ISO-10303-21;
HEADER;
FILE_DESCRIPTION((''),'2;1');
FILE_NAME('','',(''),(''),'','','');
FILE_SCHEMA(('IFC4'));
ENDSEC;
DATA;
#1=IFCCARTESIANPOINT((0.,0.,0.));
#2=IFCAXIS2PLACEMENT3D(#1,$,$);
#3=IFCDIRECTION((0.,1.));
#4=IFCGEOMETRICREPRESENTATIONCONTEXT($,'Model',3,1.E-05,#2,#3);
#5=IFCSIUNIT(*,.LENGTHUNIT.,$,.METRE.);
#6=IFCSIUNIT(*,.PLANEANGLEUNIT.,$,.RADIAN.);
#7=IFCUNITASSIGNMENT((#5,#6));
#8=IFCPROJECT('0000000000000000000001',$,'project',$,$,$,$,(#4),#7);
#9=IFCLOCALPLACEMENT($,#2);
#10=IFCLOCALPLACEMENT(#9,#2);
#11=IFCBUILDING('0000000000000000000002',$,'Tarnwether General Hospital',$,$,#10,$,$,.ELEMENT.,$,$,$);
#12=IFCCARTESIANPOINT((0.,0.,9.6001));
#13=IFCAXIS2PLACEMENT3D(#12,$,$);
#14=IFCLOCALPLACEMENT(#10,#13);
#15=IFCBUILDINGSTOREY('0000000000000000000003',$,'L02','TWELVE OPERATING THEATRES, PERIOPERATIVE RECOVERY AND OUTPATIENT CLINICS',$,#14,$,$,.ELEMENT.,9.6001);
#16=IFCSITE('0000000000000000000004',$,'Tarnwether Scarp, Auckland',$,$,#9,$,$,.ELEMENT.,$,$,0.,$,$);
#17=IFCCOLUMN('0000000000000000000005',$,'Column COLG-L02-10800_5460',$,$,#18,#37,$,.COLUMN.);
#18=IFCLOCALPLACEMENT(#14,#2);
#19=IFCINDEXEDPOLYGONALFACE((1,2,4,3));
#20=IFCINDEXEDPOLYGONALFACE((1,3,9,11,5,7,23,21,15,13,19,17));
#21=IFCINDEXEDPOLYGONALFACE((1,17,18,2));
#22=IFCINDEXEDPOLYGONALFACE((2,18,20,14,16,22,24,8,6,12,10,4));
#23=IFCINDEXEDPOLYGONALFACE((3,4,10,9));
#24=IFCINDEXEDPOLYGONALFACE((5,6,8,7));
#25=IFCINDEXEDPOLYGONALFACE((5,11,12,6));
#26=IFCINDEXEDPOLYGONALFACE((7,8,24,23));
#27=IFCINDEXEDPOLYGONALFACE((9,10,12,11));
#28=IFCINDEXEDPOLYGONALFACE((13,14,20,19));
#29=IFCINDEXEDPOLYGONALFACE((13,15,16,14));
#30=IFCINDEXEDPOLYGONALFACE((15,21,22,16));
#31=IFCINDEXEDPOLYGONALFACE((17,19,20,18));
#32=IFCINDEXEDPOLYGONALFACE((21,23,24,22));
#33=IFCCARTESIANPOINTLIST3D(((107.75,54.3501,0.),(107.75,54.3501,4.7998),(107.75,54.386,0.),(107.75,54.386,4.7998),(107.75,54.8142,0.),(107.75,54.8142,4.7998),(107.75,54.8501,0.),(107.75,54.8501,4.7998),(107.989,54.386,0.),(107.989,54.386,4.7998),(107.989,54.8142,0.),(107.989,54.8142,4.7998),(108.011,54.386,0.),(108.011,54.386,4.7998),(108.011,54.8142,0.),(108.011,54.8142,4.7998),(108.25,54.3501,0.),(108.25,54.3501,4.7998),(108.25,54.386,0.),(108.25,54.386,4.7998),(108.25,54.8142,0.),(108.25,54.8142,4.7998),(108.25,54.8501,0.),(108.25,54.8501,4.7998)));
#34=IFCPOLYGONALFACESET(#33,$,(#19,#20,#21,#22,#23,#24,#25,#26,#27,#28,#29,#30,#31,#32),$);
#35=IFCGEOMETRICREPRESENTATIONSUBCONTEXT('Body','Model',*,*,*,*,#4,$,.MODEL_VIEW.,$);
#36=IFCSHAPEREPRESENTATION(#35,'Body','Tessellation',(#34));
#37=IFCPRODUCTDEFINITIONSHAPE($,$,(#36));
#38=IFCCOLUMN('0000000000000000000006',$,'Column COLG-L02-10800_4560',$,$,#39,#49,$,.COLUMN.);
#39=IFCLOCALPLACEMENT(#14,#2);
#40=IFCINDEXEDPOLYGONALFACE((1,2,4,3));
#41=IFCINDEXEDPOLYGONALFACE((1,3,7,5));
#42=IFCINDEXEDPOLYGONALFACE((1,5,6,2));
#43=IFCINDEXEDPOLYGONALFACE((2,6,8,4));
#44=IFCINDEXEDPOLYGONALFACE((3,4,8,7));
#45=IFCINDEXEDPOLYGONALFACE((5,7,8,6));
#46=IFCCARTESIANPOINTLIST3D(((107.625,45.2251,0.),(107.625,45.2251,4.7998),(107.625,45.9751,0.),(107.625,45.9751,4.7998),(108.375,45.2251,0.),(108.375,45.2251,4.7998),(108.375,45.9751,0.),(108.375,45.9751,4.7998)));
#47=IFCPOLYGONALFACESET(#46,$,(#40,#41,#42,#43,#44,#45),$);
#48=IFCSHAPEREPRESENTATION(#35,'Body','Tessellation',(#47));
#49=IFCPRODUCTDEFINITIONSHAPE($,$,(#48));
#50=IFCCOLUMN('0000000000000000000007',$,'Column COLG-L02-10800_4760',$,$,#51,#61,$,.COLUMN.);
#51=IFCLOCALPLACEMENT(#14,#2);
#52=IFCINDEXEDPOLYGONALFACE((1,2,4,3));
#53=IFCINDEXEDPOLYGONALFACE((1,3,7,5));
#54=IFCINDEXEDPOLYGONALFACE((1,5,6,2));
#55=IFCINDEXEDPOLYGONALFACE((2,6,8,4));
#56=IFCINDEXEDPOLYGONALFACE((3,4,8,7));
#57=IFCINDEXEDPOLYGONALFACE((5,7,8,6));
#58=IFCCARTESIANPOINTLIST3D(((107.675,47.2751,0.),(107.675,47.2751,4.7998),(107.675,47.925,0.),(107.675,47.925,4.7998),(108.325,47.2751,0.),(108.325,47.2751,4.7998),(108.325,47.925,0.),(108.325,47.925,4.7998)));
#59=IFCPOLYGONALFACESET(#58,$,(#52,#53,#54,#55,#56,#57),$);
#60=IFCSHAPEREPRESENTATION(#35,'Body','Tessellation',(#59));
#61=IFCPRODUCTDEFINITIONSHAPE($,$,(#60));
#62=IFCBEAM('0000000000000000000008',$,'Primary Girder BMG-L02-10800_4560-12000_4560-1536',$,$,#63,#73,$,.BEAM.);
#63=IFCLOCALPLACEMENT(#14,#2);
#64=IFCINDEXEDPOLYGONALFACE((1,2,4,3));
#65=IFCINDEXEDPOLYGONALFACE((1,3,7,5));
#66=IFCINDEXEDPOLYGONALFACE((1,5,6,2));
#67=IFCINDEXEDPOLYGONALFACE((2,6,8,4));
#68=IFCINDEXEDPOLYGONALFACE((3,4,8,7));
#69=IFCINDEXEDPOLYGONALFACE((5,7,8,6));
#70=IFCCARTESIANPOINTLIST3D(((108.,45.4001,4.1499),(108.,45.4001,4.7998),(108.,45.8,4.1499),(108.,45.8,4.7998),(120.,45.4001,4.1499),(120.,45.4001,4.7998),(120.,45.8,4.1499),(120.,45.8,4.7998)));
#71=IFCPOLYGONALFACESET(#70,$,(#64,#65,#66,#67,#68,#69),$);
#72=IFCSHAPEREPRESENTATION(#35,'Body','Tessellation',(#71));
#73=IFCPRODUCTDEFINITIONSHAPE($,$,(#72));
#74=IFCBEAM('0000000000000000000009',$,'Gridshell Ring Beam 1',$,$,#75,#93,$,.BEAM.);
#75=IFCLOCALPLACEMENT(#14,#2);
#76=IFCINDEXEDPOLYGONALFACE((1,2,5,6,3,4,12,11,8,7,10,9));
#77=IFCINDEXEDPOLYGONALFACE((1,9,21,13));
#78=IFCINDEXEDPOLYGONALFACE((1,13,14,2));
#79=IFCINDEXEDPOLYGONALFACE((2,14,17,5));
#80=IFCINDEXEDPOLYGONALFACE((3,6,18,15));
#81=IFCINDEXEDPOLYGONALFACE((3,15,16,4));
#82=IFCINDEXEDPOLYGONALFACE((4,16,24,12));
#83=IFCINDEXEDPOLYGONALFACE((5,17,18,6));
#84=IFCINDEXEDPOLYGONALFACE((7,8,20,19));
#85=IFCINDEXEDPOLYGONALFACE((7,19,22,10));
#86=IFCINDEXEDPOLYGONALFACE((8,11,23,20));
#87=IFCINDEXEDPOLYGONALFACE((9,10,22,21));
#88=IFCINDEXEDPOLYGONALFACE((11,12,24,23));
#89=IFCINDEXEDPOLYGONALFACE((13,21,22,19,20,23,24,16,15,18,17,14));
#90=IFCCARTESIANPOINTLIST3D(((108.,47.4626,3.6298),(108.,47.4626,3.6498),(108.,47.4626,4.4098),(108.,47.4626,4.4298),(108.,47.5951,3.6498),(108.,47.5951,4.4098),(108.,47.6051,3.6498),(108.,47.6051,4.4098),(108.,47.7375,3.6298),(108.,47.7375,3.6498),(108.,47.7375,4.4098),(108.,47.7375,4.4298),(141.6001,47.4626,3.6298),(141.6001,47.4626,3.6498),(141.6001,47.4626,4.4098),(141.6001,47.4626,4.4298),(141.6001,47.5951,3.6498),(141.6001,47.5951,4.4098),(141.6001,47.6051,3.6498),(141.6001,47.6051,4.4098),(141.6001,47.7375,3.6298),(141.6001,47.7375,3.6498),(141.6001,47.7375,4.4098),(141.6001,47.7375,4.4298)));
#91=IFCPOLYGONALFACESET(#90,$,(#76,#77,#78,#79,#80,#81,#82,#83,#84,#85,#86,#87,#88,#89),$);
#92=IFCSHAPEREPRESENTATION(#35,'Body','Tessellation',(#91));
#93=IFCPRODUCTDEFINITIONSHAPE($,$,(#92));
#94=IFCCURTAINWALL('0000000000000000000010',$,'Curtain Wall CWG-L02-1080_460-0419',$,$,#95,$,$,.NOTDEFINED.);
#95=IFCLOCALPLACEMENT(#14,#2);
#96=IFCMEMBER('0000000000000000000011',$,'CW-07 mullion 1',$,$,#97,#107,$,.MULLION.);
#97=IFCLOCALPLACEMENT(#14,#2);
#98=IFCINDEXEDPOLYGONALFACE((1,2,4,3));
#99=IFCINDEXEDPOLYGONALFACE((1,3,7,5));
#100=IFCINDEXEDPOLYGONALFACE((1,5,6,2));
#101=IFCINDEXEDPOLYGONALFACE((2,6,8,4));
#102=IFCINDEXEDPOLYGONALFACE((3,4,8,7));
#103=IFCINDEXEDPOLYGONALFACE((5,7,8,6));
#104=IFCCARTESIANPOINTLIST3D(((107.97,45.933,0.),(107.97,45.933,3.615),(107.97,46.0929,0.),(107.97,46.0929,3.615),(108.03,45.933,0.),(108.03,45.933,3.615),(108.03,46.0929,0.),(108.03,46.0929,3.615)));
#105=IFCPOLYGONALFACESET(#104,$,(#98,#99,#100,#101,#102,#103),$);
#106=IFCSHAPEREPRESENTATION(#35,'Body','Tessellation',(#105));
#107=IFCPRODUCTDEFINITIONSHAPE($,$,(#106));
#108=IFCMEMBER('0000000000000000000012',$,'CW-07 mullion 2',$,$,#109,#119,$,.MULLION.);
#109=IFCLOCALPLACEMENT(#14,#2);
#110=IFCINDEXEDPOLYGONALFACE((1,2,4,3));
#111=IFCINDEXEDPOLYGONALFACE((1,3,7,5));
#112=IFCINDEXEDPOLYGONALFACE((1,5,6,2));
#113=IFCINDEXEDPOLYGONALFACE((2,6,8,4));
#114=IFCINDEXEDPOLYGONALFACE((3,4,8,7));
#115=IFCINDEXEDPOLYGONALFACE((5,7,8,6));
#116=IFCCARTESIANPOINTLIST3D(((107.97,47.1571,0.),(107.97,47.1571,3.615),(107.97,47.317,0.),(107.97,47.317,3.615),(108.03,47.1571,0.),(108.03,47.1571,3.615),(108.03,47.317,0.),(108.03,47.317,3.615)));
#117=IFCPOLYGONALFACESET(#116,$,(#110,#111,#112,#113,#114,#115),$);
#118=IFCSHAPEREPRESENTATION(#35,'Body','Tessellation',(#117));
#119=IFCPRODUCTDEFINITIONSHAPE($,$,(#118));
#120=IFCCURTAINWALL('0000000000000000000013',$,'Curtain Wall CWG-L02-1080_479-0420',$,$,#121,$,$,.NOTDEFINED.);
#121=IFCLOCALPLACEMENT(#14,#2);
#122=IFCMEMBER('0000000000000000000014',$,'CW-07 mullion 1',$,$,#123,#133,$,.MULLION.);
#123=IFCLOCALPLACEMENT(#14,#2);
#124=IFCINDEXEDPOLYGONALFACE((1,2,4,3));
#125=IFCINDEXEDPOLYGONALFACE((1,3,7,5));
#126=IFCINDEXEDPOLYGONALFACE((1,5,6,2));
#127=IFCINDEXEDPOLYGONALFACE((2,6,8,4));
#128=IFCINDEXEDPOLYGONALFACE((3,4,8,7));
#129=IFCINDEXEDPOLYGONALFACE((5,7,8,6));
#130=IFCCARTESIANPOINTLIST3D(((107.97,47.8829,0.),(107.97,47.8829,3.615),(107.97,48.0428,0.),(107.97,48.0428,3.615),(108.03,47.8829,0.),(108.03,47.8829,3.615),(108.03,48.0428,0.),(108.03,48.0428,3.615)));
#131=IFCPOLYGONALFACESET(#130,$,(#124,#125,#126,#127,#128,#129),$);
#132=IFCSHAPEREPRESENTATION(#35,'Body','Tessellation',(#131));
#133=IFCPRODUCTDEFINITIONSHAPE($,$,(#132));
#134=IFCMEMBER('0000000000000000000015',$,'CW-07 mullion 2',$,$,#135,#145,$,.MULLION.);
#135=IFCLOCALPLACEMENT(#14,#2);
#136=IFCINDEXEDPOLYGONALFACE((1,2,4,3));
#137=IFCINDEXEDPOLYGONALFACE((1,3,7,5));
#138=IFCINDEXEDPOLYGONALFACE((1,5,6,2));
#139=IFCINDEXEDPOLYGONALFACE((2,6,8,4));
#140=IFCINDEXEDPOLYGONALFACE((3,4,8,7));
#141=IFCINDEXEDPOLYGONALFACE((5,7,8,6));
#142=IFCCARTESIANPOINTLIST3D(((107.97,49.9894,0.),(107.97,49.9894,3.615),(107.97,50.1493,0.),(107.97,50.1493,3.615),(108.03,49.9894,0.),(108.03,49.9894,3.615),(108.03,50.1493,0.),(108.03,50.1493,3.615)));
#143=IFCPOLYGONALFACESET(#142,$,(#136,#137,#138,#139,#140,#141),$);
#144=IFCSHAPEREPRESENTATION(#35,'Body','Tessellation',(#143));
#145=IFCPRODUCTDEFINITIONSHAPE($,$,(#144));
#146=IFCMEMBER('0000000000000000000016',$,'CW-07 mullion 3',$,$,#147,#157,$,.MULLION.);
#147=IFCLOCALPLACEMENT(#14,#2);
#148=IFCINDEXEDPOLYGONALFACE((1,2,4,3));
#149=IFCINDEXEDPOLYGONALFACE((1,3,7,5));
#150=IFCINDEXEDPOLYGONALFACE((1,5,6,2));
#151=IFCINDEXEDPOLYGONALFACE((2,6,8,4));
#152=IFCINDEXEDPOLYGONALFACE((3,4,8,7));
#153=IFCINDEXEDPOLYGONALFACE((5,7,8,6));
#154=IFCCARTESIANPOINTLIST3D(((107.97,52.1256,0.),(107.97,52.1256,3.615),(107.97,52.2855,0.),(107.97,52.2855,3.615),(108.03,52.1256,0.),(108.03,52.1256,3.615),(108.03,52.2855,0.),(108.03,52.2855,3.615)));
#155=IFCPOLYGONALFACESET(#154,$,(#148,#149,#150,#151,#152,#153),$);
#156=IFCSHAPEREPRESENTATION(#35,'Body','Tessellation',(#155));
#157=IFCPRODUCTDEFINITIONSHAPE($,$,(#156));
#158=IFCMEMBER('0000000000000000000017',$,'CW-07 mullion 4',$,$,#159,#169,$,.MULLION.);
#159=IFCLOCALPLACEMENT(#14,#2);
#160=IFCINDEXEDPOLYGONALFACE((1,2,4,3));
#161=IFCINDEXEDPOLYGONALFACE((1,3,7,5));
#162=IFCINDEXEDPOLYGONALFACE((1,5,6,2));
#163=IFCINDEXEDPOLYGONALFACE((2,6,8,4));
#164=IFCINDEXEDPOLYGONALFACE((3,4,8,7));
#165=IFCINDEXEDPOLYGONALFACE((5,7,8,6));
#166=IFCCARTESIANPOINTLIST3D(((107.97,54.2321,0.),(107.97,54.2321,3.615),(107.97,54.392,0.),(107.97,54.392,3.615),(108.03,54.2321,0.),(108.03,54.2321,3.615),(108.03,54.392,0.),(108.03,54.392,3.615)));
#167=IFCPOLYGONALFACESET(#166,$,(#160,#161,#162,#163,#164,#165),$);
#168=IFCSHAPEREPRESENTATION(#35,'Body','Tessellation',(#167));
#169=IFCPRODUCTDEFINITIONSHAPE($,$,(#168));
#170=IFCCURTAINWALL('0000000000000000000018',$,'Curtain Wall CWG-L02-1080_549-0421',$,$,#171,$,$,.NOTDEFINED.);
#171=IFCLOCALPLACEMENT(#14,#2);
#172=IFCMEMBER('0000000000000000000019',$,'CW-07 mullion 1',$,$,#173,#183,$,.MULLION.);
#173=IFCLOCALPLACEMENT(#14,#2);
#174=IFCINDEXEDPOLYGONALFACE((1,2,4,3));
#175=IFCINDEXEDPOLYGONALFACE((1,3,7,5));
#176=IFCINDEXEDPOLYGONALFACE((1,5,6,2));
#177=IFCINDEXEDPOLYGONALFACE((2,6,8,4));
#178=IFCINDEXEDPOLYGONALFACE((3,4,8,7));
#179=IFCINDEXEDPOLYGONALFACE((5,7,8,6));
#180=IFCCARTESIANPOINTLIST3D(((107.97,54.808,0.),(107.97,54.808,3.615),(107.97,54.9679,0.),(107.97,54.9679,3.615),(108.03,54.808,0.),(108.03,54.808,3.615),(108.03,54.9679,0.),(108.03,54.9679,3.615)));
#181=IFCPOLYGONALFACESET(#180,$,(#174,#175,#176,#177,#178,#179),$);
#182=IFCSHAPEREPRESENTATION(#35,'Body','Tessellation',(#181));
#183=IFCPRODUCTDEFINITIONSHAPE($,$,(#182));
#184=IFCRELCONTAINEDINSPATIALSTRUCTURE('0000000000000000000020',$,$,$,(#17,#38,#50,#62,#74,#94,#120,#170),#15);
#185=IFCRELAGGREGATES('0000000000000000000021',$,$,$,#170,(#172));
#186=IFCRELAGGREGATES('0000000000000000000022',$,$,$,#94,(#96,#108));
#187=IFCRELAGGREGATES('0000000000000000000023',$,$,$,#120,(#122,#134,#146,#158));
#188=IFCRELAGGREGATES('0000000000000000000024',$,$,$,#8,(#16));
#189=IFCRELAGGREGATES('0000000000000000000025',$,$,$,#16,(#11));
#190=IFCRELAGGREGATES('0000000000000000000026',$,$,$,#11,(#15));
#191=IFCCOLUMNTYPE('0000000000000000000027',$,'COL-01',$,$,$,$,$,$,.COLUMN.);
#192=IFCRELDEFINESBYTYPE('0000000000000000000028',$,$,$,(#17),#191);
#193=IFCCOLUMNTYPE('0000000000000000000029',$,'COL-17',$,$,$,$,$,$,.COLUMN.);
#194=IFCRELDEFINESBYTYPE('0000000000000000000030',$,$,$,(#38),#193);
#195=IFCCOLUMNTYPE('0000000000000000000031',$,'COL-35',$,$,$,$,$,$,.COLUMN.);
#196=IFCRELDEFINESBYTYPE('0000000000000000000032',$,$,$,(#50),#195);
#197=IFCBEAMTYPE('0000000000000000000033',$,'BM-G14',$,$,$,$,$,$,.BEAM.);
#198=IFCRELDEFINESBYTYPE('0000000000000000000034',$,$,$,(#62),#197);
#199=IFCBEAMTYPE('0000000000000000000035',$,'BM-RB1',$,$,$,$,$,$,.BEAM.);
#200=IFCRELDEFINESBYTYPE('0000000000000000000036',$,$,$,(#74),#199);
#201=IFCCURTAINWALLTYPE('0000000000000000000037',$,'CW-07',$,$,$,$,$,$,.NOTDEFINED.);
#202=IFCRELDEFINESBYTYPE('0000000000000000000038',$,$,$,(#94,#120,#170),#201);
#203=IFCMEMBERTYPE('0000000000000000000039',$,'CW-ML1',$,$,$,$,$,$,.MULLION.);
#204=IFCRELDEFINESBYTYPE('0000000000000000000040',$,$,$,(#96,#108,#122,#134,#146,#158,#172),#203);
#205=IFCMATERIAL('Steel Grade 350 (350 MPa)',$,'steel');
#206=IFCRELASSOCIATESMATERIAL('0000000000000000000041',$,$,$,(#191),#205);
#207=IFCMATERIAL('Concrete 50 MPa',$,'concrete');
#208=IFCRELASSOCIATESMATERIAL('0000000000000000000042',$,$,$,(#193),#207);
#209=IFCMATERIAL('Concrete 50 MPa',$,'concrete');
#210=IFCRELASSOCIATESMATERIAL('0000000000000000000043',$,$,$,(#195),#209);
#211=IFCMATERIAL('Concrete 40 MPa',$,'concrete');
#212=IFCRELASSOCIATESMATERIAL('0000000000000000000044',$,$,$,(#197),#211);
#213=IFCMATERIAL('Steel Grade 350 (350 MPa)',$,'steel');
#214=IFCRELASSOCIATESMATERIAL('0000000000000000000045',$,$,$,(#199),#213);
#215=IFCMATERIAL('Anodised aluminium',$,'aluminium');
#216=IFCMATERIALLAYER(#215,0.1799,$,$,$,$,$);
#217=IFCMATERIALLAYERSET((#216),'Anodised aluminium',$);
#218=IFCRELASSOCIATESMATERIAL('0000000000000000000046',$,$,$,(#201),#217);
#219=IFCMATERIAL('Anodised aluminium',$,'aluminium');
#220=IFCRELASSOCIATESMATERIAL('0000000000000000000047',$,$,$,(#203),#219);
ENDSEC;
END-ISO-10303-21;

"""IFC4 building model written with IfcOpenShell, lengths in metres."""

from ifc_helpers import new_model, si_unit, direction, frame, origin, origin_2d, place, context, subcontext, project, spatial, rectangle, i_section, extrude, material, layer, layer_set, material_profile, profile_set, type_object, element, aggregate, save


model = new_model("IFC4")

# Units and contexts
model_context = context("Model", 3, precision=1e-05, world=origin(), true_north=direction((0.0, 1.0)))
body_context = subcontext(model_context, "Body", "Model", "MODEL_VIEW")
ifc_project = project(units=[si_unit("LENGTHUNIT", "METRE"), si_unit("PLANEANGLEUNIT", "RADIAN")], contexts=[model_context])

# Site, building, storey
site_placement = place(None, origin())
site = spatial("IfcSite", under=ifc_project, at=site_placement, Name="Tarnwether Scarp, Auckland", CompositionType="ELEMENT", RefElevation=0.0)
building_placement = place(site_placement, origin())
building = spatial("IfcBuilding", under=site, at=building_placement, Name="Tarnwether General Hospital", CompositionType="ELEMENT")
storey_placement = place(building_placement, frame((0.0, 0.0, 9.6001)))
storey = spatial("IfcBuildingStorey", under=building, at=storey_placement, Name="L02", Description="TWELVE OPERATING THEATRES, PERIOPERATIVE RECOVERY AND OUTPATIENT CLINICS", CompositionType="ELEMENT", Elevation=9.6001)

# Columns
ifc_material_1 = material(Name="Steel Grade 350 (350 MPa)", Category="steel")
ifc_material_profile_1 = material_profile(ifc_material_1, i_section(OverallWidth=0.5, OverallDepth=0.5, WebThickness=0.022, FlangeThickness=0.0359, at=origin_2d()), Name="500WC380")
ifc_profile_set_1 = profile_set([ifc_material_profile_1], Name="Steel Grade 350 (350 MPa)")
column_type_1 = type_object("IfcColumnType", Name="COL-01", PredefinedType="COLUMN", material=ifc_profile_set_1)
column_1_placement = place(storey_placement, frame((108.0, 54.6001, 0.0), z_axis=(0.0, 0.0, 1.0), x_axis=(1.0, 0.0, 0.0)))
element("IfcColumn", 1, at=column_1_placement, inside=storey, type_object=column_type_1, Name="Column COLG-L02-10800_5460", PredefinedType="COLUMN", context=body_context, shape_type="SweptSolid", body=[
    extrude(i_section(OverallWidth=0.5, OverallDepth=0.5, WebThickness=0.022, FlangeThickness=0.0359, at=origin_2d()), origin(), (0.0, 0.0, 1.0), 4.7998),
])
ifc_material_2 = material(Name="Concrete 50 MPa", Category="concrete")
ifc_material_profile_2 = material_profile(ifc_material_2, rectangle(XDim=0.75, YDim=0.75, at=origin_2d()), Name="RC-COL-750x750")
ifc_profile_set_2 = profile_set([ifc_material_profile_2], Name="Concrete 50 MPa")
column_type_2 = type_object("IfcColumnType", Name="COL-17", PredefinedType="COLUMN", material=ifc_profile_set_2)
column_2_placement = place(storey_placement, frame((108.0, 45.6001, 0.0), z_axis=(0.0, 0.0, 1.0), x_axis=(0.0, 1.0, 0.0)))
element("IfcColumn", 2, at=column_2_placement, inside=storey, type_object=column_type_2, Name="Column COLG-L02-10800_4560", PredefinedType="COLUMN", context=body_context, shape_type="SweptSolid", body=[
    extrude(rectangle(XDim=0.75, YDim=0.75, at=origin_2d()), origin(), (0.0, 0.0, 1.0), 4.7998),
])
ifc_material_3 = material(Name="Concrete 50 MPa", Category="concrete")
ifc_material_profile_3 = material_profile(ifc_material_3, rectangle(XDim=0.6499, YDim=0.6499, at=origin_2d()), Name="RC-COL-650x650")
ifc_profile_set_3 = profile_set([ifc_material_profile_3], Name="Concrete 50 MPa")
column_type_3 = type_object("IfcColumnType", Name="COL-35", PredefinedType="COLUMN", material=ifc_profile_set_3)
column_3_placement = place(storey_placement, frame((108.0, 47.6001, 0.0), z_axis=(0.0, 0.0, 1.0), x_axis=(1.0, 0.0, 0.0)))
element("IfcColumn", 3, at=column_3_placement, inside=storey, type_object=column_type_3, Name="Column COLG-L02-10800_4760", PredefinedType="COLUMN", context=body_context, shape_type="SweptSolid", body=[
    extrude(rectangle(XDim=0.6499, YDim=0.6499, at=origin_2d()), origin(), (0.0, 0.0, 1.0), 4.7998),
])

# Beams
ifc_material_4 = material(Name="Concrete 40 MPa", Category="concrete")
ifc_material_profile_4 = material_profile(ifc_material_4, rectangle(XDim=0.3999, YDim=0.6499, at=origin_2d()), Name="RC-BM-400x650")
ifc_profile_set_4 = profile_set([ifc_material_profile_4], Name="Concrete 40 MPa")
beam_type_1 = type_object("IfcBeamType", Name="BM-G14", PredefinedType="BEAM", material=ifc_profile_set_4)
beam_1_placement = place(storey_placement, frame((108.0, 45.6001, 4.4749), z_axis=(1.0, 0.0, 0.0), x_axis=(0.0, 1.0, 0.0)))
element("IfcBeam", 4, at=beam_1_placement, inside=storey, type_object=beam_type_1, Name="Primary Girder BMG-L02-10800_4560-12000_4560-1536", PredefinedType="BEAM", context=body_context, shape_type="SweptSolid", body=[
    extrude(rectangle(XDim=0.3999, YDim=0.6499, at=origin_2d()), origin(), (0.0, 0.0, 1.0), 12.0),
])
ifc_material_5 = material(Name="Steel Grade 350 (350 MPa)", Category="steel")
ifc_material_profile_5 = material_profile(ifc_material_5, i_section(OverallWidth=0.2749, OverallDepth=0.8, WebThickness=0.01, FlangeThickness=0.02, at=origin_2d()), Name="800WB146")
ifc_profile_set_5 = profile_set([ifc_material_profile_5], Name="Steel Grade 350 (350 MPa)")
beam_type_2 = type_object("IfcBeamType", Name="BM-RB1", PredefinedType="BEAM", material=ifc_profile_set_5)
beam_2_placement = place(storey_placement, frame((108.0, 47.6001, 4.0298), z_axis=(1.0, 0.0, 0.0), x_axis=(0.0, 1.0, 0.0)))
element("IfcBeam", 5, at=beam_2_placement, inside=storey, type_object=beam_type_2, Name="Gridshell Ring Beam 1", PredefinedType="BEAM", context=body_context, shape_type="SweptSolid", body=[
    extrude(i_section(OverallWidth=0.2749, OverallDepth=0.8, WebThickness=0.01, FlangeThickness=0.02, at=origin_2d()), origin(), (0.0, 0.0, 1.0), 33.6001),
])

# Curtain walls, members
ifc_material_6 = material(Name="Anodised aluminium", Category="aluminium")
ifc_layer_1 = layer(ifc_material_6, 0.1799)
ifc_layer_set_1 = layer_set([ifc_layer_1], Name="Anodised aluminium")
curtain_wall_type = type_object("IfcCurtainWallType", Name="CW-07", PredefinedType="NOTDEFINED", material=ifc_layer_set_1)
curtain_wall_1_placement = place(storey_placement, origin())
curtain_wall_1 = element("IfcCurtainWall", 6, at=curtain_wall_1_placement, inside=storey, type_object=curtain_wall_type, Name="Curtain Wall CWG-L02-1080_460-0419", PredefinedType="NOTDEFINED")
ifc_material_7 = material(Name="Anodised aluminium", Category="aluminium")
ifc_material_profile_6 = material_profile(ifc_material_7, rectangle(XDim=0.0601, YDim=0.1599, at=origin_2d()), Name="ALU-MUL-60x160")
ifc_profile_set_6 = profile_set([ifc_material_profile_6], Name="Anodised aluminium")
member_type_1 = type_object("IfcMemberType", Name="CW-ML1", PredefinedType="MULLION", material=ifc_profile_set_6)
member_1_placement = place(storey_placement, frame((108.0, 46.0129, 0.0), z_axis=(0.0, 0.0, 1.0), x_axis=(-1.0, 0.0, 0.0)))
member_1 = element("IfcMember", 7, at=member_1_placement, type_object=member_type_1, Name="CW-07 mullion 1", PredefinedType="MULLION", context=body_context, shape_type="SweptSolid", body=[
    extrude(rectangle(XDim=0.0601, YDim=0.1599, at=origin_2d()), origin(), (0.0, 0.0, 1.0), 3.615),
])
member_2_placement = place(storey_placement, frame((108.0, 47.2371, 0.0), z_axis=(0.0, 0.0, 1.0), x_axis=(-1.0, 0.0, 0.0)))
member_2 = element("IfcMember", 8, at=member_2_placement, type_object=member_type_1, Name="CW-07 mullion 2", PredefinedType="MULLION", context=body_context, shape_type="SweptSolid", body=[
    extrude(rectangle(XDim=0.0601, YDim=0.1599, at=origin_2d()), origin(), (0.0, 0.0, 1.0), 3.615),
])
curtain_wall_2_placement = place(storey_placement, origin())
curtain_wall_2 = element("IfcCurtainWall", 9, at=curtain_wall_2_placement, inside=storey, type_object=curtain_wall_type, Name="Curtain Wall CWG-L02-1080_479-0420", PredefinedType="NOTDEFINED")
member_3_placement = place(storey_placement, frame((108.0, 47.9629, 0.0), z_axis=(0.0, 0.0, 1.0), x_axis=(-1.0, 0.0, 0.0)))
member_3 = element("IfcMember", 10, at=member_3_placement, type_object=member_type_1, Name="CW-07 mullion 1", PredefinedType="MULLION", context=body_context, shape_type="SweptSolid", body=[
    extrude(rectangle(XDim=0.0601, YDim=0.1599, at=origin_2d()), origin(), (0.0, 0.0, 1.0), 3.615),
])
member_4_placement = place(storey_placement, frame((108.0, 50.0693, 0.0), z_axis=(0.0, 0.0, 1.0), x_axis=(-1.0, 0.0, 0.0)))
member_4 = element("IfcMember", 11, at=member_4_placement, type_object=member_type_1, Name="CW-07 mullion 2", PredefinedType="MULLION", context=body_context, shape_type="SweptSolid", body=[
    extrude(rectangle(XDim=0.0601, YDim=0.1599, at=origin_2d()), origin(), (0.0, 0.0, 1.0), 3.615),
])
member_5_placement = place(storey_placement, frame((108.0, 52.2056, 0.0), z_axis=(0.0, 0.0, 1.0), x_axis=(-1.0, 0.0, 0.0)))
member_5 = element("IfcMember", 12, at=member_5_placement, type_object=member_type_1, Name="CW-07 mullion 3", PredefinedType="MULLION", context=body_context, shape_type="SweptSolid", body=[
    extrude(rectangle(XDim=0.0601, YDim=0.1599, at=origin_2d()), origin(), (0.0, 0.0, 1.0), 3.615),
])
member_6_placement = place(storey_placement, frame((108.0, 54.312, 0.0), z_axis=(0.0, 0.0, 1.0), x_axis=(-1.0, 0.0, 0.0)))
member_6 = element("IfcMember", 13, at=member_6_placement, type_object=member_type_1, Name="CW-07 mullion 4", PredefinedType="MULLION", context=body_context, shape_type="SweptSolid", body=[
    extrude(rectangle(XDim=0.0601, YDim=0.1599, at=origin_2d()), origin(), (0.0, 0.0, 1.0), 3.615),
])

# Curtain wall, member
curtain_wall_3_placement = place(storey_placement, origin())
curtain_wall_3 = element("IfcCurtainWall", 14, at=curtain_wall_3_placement, inside=storey, type_object=curtain_wall_type, Name="Curtain Wall CWG-L02-1080_549-0421", PredefinedType="NOTDEFINED")
member_7_placement = place(storey_placement, frame((108.0, 54.8879, 0.0), z_axis=(0.0, 0.0, 1.0), x_axis=(-1.0, 0.0, 0.0)))
member_7 = element("IfcMember", 15, at=member_7_placement, type_object=member_type_1, Name="CW-07 mullion 1", PredefinedType="MULLION", context=body_context, shape_type="SweptSolid", body=[
    extrude(rectangle(XDim=0.0601, YDim=0.1599, at=origin_2d()), origin(), (0.0, 0.0, 1.0), 3.615),
])

aggregate(curtain_wall_3, [member_7])

aggregate(curtain_wall_1, [member_1, member_2])
aggregate(curtain_wall_2, [member_3, member_4, member_5, member_6])

save(model, "model.ifc")
